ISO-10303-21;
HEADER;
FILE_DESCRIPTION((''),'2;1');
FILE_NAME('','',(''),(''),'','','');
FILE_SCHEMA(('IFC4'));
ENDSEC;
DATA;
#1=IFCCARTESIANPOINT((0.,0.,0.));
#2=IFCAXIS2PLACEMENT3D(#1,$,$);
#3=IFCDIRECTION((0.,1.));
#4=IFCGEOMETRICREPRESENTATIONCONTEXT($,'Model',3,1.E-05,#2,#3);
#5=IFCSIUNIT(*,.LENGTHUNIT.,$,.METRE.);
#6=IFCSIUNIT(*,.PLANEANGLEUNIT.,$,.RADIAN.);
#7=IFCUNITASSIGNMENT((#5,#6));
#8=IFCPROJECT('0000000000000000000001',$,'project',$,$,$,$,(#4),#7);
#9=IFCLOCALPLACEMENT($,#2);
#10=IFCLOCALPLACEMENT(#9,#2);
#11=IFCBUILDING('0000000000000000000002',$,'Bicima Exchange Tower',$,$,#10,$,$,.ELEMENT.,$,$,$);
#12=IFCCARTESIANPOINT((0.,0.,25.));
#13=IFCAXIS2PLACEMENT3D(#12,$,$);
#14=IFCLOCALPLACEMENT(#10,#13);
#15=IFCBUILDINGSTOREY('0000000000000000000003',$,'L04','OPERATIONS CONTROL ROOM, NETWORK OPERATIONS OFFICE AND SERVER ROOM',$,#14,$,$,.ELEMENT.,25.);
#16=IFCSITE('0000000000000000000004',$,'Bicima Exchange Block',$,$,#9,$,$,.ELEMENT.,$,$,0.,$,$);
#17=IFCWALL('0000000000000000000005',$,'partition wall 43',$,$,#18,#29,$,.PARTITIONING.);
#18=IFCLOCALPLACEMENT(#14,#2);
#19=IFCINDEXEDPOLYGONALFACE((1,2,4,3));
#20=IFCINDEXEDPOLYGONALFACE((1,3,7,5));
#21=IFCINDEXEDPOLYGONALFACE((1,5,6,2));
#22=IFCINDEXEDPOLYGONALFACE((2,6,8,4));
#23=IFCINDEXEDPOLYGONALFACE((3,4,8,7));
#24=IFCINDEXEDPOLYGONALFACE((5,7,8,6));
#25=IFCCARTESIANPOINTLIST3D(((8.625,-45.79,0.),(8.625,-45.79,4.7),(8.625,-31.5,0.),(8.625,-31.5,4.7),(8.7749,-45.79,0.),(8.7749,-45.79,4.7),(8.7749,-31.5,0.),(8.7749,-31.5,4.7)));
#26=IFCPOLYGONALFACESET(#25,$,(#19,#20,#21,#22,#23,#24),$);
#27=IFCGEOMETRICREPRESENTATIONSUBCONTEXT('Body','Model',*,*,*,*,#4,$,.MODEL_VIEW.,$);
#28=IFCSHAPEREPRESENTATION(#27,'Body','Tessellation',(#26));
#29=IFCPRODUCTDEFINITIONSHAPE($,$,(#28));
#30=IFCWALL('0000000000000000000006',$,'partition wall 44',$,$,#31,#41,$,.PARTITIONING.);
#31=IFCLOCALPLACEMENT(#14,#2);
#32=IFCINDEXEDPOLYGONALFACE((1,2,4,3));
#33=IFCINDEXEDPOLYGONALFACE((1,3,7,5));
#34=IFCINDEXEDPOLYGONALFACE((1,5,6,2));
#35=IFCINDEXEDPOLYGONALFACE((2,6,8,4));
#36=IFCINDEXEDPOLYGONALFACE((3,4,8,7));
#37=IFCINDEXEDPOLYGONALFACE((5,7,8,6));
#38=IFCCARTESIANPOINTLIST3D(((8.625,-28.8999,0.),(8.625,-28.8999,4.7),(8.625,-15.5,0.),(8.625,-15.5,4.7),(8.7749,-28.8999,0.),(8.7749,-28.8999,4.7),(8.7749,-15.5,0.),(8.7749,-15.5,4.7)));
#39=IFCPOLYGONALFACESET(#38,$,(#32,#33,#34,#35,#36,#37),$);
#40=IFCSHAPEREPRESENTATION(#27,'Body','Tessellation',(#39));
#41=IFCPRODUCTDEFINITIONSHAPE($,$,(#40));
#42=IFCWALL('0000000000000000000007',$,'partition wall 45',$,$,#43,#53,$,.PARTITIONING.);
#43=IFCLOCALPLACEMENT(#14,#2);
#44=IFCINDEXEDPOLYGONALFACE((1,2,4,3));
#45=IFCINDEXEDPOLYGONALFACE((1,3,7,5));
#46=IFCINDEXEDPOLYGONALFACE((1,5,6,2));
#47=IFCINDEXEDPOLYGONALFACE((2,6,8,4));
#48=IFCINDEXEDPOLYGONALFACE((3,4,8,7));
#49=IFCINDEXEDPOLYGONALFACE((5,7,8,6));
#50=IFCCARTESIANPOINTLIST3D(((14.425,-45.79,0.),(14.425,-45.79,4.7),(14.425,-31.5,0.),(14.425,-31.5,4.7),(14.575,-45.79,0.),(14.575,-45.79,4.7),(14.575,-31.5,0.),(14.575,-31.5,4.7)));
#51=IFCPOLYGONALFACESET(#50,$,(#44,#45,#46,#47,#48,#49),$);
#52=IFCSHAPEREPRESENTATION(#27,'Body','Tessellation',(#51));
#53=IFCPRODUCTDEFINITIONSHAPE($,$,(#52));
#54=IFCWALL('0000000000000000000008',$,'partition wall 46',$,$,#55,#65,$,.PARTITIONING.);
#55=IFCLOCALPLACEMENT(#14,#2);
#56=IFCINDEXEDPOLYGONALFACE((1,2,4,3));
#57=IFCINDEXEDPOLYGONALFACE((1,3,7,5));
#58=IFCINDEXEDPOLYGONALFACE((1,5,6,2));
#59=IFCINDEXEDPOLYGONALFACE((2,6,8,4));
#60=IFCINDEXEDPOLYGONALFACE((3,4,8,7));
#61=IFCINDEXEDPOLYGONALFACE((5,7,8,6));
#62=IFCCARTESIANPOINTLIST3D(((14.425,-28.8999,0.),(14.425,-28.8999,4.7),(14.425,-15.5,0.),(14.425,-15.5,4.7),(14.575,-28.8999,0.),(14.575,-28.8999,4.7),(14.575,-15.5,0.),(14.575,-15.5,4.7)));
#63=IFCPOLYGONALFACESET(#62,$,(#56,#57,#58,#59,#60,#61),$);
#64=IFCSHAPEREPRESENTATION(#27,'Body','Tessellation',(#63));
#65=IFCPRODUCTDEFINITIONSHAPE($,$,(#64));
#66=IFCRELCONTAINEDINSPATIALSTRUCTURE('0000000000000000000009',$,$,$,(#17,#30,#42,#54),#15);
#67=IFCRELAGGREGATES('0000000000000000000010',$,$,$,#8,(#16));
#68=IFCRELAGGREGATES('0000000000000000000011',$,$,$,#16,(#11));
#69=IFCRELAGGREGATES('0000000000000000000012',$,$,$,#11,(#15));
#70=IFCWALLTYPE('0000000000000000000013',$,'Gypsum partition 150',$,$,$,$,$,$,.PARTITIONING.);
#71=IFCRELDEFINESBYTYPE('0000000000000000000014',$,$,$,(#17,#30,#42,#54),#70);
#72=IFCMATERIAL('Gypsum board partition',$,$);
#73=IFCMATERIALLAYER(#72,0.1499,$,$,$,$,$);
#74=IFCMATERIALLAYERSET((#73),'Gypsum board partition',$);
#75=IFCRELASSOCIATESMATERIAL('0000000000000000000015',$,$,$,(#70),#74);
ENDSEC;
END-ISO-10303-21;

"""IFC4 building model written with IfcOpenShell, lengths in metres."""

from ifc_helpers import new_model, si_unit, direction, frame, frame_2d, origin, place, context, subcontext, project, spatial, rectangle, extrude, material, layer, layer_set, type_object, element, save


model = new_model("IFC4")

# Units and contexts
model_context = context("Model", 3, precision=1e-05, world=origin(), true_north=direction((0.0, 1.0)))
body_context = subcontext(model_context, "Body", "Model", "MODEL_VIEW")
ifc_project = project(units=[si_unit("LENGTHUNIT", "METRE"), si_unit("PLANEANGLEUNIT", "RADIAN")], contexts=[model_context])

# Site, building, storey
site_placement = place(None, origin())
site = spatial("IfcSite", under=ifc_project, at=site_placement, Name="Bicima Exchange Block", CompositionType="ELEMENT", RefElevation=0.0)
building_placement = place(site_placement, origin())
building = spatial("IfcBuilding", under=site, at=building_placement, Name="Bicima Exchange Tower", CompositionType="ELEMENT")
storey_placement = place(building_placement, frame((0.0, 0.0, 25.0)))
storey = spatial("IfcBuildingStorey", under=building, at=storey_placement, Name="L04", Description="OPERATIONS CONTROL ROOM, NETWORK OPERATIONS OFFICE AND SERVER ROOM", CompositionType="ELEMENT", Elevation=25.0)

# Shared definitions
ifc_material_1 = material(Name="Gypsum board partition")

# Walls
ifc_layer_1 = layer(ifc_material_1, 0.1499)
ifc_layer_set_1 = layer_set([ifc_layer_1], Name="Gypsum board partition")
wall_type_1 = type_object("IfcWallType", Name="Gypsum partition 150", PredefinedType="PARTITIONING", material=ifc_layer_set_1)
wall_1_placement = place(storey_placement, frame((8.7, -45.79, 0.0), z_axis=(0.0, 0.0, 1.0), x_axis=(0.0, 1.0, 0.0)))
element("IfcWall", 1, at=wall_1_placement, inside=storey, type_object=wall_type_1, Name="partition wall 43", PredefinedType="PARTITIONING", context=body_context, shape_type="SweptSolid", body=[
    extrude(rectangle(XDim=14.29, YDim=0.1499, at=frame_2d((7.145, 0.0))), origin(), (0.0, 0.0, 1.0), 4.7),
])
wall_2_placement = place(storey_placement, frame((8.7, -28.8999, 0.0), z_axis=(0.0, 0.0, 1.0), x_axis=(0.0, 1.0, 0.0)))
element("IfcWall", 2, at=wall_2_placement, inside=storey, type_object=wall_type_1, Name="partition wall 44", PredefinedType="PARTITIONING", context=body_context, shape_type="SweptSolid", body=[
    extrude(rectangle(XDim=13.3999, YDim=0.1499, at=frame_2d((6.7, 0.0))), origin(), (0.0, 0.0, 1.0), 4.7),
])
wall_3_placement = place(storey_placement, frame((14.5, -45.79, 0.0), z_axis=(0.0, 0.0, 1.0), x_axis=(0.0, 1.0, 0.0)))
element("IfcWall", 3, at=wall_3_placement, inside=storey, type_object=wall_type_1, Name="partition wall 45", PredefinedType="PARTITIONING", context=body_context, shape_type="SweptSolid", body=[
    extrude(rectangle(XDim=14.29, YDim=0.1499, at=frame_2d((7.145, 0.0))), origin(), (0.0, 0.0, 1.0), 4.7),
])
wall_4_placement = place(storey_placement, frame((14.5, -28.8999, 0.0), z_axis=(0.0, 0.0, 1.0), x_axis=(0.0, 1.0, 0.0)))
element("IfcWall", 4, at=wall_4_placement, inside=storey, type_object=wall_type_1, Name="partition wall 46", PredefinedType="PARTITIONING", context=body_context, shape_type="SweptSolid", body=[
    extrude(rectangle(XDim=13.3999, YDim=0.1499, at=frame_2d((6.7, 0.0))), origin(), (0.0, 0.0, 1.0), 4.7),
])

save(model, "model.ifc")
